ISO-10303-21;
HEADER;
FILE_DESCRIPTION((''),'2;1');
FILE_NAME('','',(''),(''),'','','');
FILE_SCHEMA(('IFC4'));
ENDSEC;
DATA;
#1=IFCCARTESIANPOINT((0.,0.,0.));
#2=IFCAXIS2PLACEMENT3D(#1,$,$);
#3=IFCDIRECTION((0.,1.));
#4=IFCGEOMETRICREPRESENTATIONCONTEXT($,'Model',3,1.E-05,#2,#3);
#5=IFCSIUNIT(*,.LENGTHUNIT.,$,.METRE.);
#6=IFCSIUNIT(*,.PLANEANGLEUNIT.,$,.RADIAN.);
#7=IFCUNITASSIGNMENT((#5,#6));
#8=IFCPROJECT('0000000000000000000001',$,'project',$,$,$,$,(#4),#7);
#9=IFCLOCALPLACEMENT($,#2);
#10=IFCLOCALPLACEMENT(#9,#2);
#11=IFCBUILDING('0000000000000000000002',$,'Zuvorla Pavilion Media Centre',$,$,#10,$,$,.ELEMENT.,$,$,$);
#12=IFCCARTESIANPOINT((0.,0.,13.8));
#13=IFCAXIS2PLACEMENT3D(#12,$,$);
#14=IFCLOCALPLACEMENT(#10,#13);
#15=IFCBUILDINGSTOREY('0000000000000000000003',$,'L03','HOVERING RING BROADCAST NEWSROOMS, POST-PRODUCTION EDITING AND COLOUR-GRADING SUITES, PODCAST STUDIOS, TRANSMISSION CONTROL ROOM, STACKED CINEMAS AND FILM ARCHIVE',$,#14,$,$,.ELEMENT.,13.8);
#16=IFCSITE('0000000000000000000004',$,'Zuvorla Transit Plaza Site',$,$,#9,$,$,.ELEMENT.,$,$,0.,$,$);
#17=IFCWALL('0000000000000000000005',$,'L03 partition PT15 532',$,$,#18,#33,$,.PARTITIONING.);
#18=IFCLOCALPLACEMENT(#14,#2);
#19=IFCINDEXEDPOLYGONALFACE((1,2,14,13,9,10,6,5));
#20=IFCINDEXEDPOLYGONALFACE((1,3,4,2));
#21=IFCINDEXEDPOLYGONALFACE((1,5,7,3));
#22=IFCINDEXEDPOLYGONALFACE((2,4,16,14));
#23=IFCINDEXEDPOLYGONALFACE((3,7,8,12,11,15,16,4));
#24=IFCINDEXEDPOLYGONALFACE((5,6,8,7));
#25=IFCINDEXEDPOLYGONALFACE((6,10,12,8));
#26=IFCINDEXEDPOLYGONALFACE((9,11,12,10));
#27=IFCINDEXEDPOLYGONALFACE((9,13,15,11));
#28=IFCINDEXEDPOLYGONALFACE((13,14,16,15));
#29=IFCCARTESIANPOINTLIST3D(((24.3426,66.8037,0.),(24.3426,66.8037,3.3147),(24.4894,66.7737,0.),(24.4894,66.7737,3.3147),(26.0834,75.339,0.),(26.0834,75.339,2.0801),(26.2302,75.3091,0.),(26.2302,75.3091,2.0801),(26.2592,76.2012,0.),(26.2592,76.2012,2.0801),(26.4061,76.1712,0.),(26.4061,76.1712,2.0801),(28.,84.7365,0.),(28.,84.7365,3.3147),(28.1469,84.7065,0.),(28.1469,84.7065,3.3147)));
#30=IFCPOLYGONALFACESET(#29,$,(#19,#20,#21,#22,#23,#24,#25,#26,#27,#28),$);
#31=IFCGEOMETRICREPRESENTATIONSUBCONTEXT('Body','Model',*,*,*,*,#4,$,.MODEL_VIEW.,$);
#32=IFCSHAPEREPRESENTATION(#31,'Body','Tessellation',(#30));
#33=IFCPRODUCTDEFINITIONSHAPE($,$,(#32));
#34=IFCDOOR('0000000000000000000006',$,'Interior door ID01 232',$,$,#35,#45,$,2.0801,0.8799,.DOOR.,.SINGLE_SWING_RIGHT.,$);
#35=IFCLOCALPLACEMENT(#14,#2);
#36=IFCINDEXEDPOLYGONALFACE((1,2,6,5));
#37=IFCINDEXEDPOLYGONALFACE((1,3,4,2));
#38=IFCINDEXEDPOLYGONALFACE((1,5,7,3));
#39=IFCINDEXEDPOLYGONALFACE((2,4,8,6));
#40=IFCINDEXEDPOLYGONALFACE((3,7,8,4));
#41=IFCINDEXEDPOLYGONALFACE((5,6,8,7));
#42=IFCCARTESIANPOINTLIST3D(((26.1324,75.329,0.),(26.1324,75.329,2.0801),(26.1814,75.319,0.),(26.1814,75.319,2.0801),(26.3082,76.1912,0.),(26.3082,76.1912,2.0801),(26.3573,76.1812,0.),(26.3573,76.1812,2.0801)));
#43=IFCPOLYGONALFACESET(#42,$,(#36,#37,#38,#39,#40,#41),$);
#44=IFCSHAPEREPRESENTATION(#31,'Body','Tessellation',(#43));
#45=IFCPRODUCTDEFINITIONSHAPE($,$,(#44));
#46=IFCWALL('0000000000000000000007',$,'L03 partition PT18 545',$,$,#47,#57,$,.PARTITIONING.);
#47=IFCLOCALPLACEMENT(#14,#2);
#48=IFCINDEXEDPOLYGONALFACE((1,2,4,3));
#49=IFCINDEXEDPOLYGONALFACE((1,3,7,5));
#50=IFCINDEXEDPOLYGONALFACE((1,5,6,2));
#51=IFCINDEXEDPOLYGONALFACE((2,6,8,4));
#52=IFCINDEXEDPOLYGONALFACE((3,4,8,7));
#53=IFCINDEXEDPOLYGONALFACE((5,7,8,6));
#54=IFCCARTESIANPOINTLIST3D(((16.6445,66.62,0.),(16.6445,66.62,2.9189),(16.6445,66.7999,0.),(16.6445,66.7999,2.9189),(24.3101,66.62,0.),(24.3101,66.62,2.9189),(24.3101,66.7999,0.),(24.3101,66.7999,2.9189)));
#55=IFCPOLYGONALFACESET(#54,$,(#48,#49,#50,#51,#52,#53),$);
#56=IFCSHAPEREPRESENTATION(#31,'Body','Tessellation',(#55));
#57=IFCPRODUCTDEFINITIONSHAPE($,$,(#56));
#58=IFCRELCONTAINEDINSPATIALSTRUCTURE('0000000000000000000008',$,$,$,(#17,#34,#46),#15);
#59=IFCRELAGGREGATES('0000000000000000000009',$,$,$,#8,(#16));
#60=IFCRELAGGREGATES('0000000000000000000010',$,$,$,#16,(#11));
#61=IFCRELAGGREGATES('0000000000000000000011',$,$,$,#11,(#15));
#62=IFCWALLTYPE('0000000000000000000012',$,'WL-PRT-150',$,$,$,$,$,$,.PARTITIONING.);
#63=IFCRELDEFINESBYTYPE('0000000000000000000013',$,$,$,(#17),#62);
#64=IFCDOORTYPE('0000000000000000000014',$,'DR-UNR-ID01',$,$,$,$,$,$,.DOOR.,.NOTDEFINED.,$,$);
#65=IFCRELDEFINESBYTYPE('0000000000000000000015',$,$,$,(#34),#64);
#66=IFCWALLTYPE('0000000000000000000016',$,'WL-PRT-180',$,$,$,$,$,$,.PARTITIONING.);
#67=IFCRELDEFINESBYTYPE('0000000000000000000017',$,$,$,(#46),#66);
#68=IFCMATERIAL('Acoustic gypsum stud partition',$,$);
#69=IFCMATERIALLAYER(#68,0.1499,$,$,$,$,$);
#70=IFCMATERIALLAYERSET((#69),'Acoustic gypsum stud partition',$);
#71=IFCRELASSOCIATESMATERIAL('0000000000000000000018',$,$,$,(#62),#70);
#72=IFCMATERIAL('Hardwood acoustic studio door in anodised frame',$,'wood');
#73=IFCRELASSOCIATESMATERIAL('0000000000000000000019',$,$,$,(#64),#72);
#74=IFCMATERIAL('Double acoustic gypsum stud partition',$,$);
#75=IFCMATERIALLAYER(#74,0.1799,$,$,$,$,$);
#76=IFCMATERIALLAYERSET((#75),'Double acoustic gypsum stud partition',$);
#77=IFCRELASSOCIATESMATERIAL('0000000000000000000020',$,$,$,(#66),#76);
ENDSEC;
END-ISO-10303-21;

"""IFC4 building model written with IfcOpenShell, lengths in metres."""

from ifc_helpers import new_model, si_unit, direction, frame, frame_2d, origin, place, context, subcontext, project, spatial, rectangle, extrude, material, layer, layer_set, type_object, element, fill, save


model = new_model("IFC4")

# Units and contexts
model_context = context("Model", 3, precision=1e-05, world=origin(), true_north=direction((0.0, 1.0)))
body_context = subcontext(model_context, "Body", "Model", "MODEL_VIEW")
ifc_project = project(units=[si_unit("LENGTHUNIT", "METRE"), si_unit("PLANEANGLEUNIT", "RADIAN")], contexts=[model_context])

# Site, building, storey
site_placement = place(None, origin())
site = spatial("IfcSite", under=ifc_project, at=site_placement, Name="Zuvorla Transit Plaza Site", CompositionType="ELEMENT", RefElevation=0.0)
building_placement = place(site_placement, origin())
building = spatial("IfcBuilding", under=site, at=building_placement, Name="Zuvorla Pavilion Media Centre", CompositionType="ELEMENT")
storey_placement = place(building_placement, frame((0.0, 0.0, 13.8)))
storey = spatial("IfcBuildingStorey", under=building, at=storey_placement, Name="L03", Description="HOVERING RING BROADCAST NEWSROOMS, POST-PRODUCTION EDITING AND COLOUR-GRADING SUITES, PODCAST STUDIOS, TRANSMISSION CONTROL ROOM, STACKED CINEMAS AND FILM ARCHIVE", CompositionType="ELEMENT", Elevation=13.8)

# Wall, opening, door
ifc_material_1 = material(Name="Acoustic gypsum stud partition")
ifc_layer_1 = layer(ifc_material_1, 0.1499)
ifc_layer_set_1 = layer_set([ifc_layer_1], Name="Acoustic gypsum stud partition")
wall_type_1 = type_object("IfcWallType", Name="WL-PRT-150", PredefinedType="PARTITIONING", material=ifc_layer_set_1)
wall_1_placement = place(storey_placement, frame((24.416, 66.7888, 0.0), z_axis=(0.0, 0.0, 1.0), x_axis=(0.19984, 0.979829, 0.0)))
wall_1 = element("IfcWall", 1, at=wall_1_placement, inside=storey, type_object=wall_type_1, Name="L03 partition PT15 532", PredefinedType="PARTITIONING", context=body_context, shape_type="SweptSolid", body=[
    extrude(rectangle(XDim=18.302, YDim=0.1499, at=frame_2d((9.1509, 0.0))), origin(), (0.0, 0.0, 1.0), 3.3147),
])
opening_placement = place(wall_1_placement, frame((8.7109, 0.0, 0.0)))
opening = element("IfcOpeningElement", 2, at=opening_placement, cuts=wall_1, PredefinedType="OPENING", context=body_context, shape_type="SweptSolid", body=[
    extrude(rectangle(XDim=0.8799, YDim=2.0801, at=frame_2d((0.4399, 1.04))), frame((0.0, 0.085, 0.0), z_axis=(0.0, -1.0, 0.0), x_axis=(1.0, 0.0, 0.0)), (0.0, 0.0, 1.0), 0.1699),
])
ifc_material_2 = material(Name="Hardwood acoustic studio door in anodised frame", Category="wood")
door_type = type_object("IfcDoorType", Name="DR-UNR-ID01", OperationType="NOTDEFINED", PredefinedType="DOOR", material=ifc_material_2)
door_placement = place(opening_placement, origin())
door = element("IfcDoor", 3, at=door_placement, inside=storey, type_object=door_type, Name="Interior door ID01 232", OperationType="SINGLE_SWING_RIGHT", OverallHeight=2.0801, OverallWidth=0.8799, PredefinedType="DOOR", context=body_context, shape_type="SweptSolid", body=[
    extrude(rectangle(XDim=0.8799, YDim=2.0801, at=frame_2d((0.4399, 1.04))), frame((0.0, 0.0249, 0.0), z_axis=(0.0, -1.0, 0.0), x_axis=(1.0, 0.0, 0.0)), (0.0, 0.0, 1.0), 0.05),
])
fill(opening, door)

# Wall
ifc_material_3 = material(Name="Double acoustic gypsum stud partition")
ifc_layer_2 = layer(ifc_material_3, 0.1799)
ifc_layer_set_2 = layer_set([ifc_layer_2], Name="Double acoustic gypsum stud partition")
wall_type_2 = type_object("IfcWallType", Name="WL-PRT-180", PredefinedType="PARTITIONING", material=ifc_layer_set_2)
wall_2_placement = place(storey_placement, frame((16.6445, 66.71, 0.0), z_axis=(0.0, 0.0, 1.0), x_axis=(1.0, 0.0, 0.0)))
element("IfcWall", 4, at=wall_2_placement, inside=storey, type_object=wall_type_2, Name="L03 partition PT18 545", PredefinedType="PARTITIONING", context=body_context, shape_type="SweptSolid", body=[
    extrude(rectangle(XDim=7.6655, YDim=0.1799, at=frame_2d((3.8328, 0.0))), origin(), (0.0, 0.0, 1.0), 2.9189),
])

save(model, "model.ifc")
